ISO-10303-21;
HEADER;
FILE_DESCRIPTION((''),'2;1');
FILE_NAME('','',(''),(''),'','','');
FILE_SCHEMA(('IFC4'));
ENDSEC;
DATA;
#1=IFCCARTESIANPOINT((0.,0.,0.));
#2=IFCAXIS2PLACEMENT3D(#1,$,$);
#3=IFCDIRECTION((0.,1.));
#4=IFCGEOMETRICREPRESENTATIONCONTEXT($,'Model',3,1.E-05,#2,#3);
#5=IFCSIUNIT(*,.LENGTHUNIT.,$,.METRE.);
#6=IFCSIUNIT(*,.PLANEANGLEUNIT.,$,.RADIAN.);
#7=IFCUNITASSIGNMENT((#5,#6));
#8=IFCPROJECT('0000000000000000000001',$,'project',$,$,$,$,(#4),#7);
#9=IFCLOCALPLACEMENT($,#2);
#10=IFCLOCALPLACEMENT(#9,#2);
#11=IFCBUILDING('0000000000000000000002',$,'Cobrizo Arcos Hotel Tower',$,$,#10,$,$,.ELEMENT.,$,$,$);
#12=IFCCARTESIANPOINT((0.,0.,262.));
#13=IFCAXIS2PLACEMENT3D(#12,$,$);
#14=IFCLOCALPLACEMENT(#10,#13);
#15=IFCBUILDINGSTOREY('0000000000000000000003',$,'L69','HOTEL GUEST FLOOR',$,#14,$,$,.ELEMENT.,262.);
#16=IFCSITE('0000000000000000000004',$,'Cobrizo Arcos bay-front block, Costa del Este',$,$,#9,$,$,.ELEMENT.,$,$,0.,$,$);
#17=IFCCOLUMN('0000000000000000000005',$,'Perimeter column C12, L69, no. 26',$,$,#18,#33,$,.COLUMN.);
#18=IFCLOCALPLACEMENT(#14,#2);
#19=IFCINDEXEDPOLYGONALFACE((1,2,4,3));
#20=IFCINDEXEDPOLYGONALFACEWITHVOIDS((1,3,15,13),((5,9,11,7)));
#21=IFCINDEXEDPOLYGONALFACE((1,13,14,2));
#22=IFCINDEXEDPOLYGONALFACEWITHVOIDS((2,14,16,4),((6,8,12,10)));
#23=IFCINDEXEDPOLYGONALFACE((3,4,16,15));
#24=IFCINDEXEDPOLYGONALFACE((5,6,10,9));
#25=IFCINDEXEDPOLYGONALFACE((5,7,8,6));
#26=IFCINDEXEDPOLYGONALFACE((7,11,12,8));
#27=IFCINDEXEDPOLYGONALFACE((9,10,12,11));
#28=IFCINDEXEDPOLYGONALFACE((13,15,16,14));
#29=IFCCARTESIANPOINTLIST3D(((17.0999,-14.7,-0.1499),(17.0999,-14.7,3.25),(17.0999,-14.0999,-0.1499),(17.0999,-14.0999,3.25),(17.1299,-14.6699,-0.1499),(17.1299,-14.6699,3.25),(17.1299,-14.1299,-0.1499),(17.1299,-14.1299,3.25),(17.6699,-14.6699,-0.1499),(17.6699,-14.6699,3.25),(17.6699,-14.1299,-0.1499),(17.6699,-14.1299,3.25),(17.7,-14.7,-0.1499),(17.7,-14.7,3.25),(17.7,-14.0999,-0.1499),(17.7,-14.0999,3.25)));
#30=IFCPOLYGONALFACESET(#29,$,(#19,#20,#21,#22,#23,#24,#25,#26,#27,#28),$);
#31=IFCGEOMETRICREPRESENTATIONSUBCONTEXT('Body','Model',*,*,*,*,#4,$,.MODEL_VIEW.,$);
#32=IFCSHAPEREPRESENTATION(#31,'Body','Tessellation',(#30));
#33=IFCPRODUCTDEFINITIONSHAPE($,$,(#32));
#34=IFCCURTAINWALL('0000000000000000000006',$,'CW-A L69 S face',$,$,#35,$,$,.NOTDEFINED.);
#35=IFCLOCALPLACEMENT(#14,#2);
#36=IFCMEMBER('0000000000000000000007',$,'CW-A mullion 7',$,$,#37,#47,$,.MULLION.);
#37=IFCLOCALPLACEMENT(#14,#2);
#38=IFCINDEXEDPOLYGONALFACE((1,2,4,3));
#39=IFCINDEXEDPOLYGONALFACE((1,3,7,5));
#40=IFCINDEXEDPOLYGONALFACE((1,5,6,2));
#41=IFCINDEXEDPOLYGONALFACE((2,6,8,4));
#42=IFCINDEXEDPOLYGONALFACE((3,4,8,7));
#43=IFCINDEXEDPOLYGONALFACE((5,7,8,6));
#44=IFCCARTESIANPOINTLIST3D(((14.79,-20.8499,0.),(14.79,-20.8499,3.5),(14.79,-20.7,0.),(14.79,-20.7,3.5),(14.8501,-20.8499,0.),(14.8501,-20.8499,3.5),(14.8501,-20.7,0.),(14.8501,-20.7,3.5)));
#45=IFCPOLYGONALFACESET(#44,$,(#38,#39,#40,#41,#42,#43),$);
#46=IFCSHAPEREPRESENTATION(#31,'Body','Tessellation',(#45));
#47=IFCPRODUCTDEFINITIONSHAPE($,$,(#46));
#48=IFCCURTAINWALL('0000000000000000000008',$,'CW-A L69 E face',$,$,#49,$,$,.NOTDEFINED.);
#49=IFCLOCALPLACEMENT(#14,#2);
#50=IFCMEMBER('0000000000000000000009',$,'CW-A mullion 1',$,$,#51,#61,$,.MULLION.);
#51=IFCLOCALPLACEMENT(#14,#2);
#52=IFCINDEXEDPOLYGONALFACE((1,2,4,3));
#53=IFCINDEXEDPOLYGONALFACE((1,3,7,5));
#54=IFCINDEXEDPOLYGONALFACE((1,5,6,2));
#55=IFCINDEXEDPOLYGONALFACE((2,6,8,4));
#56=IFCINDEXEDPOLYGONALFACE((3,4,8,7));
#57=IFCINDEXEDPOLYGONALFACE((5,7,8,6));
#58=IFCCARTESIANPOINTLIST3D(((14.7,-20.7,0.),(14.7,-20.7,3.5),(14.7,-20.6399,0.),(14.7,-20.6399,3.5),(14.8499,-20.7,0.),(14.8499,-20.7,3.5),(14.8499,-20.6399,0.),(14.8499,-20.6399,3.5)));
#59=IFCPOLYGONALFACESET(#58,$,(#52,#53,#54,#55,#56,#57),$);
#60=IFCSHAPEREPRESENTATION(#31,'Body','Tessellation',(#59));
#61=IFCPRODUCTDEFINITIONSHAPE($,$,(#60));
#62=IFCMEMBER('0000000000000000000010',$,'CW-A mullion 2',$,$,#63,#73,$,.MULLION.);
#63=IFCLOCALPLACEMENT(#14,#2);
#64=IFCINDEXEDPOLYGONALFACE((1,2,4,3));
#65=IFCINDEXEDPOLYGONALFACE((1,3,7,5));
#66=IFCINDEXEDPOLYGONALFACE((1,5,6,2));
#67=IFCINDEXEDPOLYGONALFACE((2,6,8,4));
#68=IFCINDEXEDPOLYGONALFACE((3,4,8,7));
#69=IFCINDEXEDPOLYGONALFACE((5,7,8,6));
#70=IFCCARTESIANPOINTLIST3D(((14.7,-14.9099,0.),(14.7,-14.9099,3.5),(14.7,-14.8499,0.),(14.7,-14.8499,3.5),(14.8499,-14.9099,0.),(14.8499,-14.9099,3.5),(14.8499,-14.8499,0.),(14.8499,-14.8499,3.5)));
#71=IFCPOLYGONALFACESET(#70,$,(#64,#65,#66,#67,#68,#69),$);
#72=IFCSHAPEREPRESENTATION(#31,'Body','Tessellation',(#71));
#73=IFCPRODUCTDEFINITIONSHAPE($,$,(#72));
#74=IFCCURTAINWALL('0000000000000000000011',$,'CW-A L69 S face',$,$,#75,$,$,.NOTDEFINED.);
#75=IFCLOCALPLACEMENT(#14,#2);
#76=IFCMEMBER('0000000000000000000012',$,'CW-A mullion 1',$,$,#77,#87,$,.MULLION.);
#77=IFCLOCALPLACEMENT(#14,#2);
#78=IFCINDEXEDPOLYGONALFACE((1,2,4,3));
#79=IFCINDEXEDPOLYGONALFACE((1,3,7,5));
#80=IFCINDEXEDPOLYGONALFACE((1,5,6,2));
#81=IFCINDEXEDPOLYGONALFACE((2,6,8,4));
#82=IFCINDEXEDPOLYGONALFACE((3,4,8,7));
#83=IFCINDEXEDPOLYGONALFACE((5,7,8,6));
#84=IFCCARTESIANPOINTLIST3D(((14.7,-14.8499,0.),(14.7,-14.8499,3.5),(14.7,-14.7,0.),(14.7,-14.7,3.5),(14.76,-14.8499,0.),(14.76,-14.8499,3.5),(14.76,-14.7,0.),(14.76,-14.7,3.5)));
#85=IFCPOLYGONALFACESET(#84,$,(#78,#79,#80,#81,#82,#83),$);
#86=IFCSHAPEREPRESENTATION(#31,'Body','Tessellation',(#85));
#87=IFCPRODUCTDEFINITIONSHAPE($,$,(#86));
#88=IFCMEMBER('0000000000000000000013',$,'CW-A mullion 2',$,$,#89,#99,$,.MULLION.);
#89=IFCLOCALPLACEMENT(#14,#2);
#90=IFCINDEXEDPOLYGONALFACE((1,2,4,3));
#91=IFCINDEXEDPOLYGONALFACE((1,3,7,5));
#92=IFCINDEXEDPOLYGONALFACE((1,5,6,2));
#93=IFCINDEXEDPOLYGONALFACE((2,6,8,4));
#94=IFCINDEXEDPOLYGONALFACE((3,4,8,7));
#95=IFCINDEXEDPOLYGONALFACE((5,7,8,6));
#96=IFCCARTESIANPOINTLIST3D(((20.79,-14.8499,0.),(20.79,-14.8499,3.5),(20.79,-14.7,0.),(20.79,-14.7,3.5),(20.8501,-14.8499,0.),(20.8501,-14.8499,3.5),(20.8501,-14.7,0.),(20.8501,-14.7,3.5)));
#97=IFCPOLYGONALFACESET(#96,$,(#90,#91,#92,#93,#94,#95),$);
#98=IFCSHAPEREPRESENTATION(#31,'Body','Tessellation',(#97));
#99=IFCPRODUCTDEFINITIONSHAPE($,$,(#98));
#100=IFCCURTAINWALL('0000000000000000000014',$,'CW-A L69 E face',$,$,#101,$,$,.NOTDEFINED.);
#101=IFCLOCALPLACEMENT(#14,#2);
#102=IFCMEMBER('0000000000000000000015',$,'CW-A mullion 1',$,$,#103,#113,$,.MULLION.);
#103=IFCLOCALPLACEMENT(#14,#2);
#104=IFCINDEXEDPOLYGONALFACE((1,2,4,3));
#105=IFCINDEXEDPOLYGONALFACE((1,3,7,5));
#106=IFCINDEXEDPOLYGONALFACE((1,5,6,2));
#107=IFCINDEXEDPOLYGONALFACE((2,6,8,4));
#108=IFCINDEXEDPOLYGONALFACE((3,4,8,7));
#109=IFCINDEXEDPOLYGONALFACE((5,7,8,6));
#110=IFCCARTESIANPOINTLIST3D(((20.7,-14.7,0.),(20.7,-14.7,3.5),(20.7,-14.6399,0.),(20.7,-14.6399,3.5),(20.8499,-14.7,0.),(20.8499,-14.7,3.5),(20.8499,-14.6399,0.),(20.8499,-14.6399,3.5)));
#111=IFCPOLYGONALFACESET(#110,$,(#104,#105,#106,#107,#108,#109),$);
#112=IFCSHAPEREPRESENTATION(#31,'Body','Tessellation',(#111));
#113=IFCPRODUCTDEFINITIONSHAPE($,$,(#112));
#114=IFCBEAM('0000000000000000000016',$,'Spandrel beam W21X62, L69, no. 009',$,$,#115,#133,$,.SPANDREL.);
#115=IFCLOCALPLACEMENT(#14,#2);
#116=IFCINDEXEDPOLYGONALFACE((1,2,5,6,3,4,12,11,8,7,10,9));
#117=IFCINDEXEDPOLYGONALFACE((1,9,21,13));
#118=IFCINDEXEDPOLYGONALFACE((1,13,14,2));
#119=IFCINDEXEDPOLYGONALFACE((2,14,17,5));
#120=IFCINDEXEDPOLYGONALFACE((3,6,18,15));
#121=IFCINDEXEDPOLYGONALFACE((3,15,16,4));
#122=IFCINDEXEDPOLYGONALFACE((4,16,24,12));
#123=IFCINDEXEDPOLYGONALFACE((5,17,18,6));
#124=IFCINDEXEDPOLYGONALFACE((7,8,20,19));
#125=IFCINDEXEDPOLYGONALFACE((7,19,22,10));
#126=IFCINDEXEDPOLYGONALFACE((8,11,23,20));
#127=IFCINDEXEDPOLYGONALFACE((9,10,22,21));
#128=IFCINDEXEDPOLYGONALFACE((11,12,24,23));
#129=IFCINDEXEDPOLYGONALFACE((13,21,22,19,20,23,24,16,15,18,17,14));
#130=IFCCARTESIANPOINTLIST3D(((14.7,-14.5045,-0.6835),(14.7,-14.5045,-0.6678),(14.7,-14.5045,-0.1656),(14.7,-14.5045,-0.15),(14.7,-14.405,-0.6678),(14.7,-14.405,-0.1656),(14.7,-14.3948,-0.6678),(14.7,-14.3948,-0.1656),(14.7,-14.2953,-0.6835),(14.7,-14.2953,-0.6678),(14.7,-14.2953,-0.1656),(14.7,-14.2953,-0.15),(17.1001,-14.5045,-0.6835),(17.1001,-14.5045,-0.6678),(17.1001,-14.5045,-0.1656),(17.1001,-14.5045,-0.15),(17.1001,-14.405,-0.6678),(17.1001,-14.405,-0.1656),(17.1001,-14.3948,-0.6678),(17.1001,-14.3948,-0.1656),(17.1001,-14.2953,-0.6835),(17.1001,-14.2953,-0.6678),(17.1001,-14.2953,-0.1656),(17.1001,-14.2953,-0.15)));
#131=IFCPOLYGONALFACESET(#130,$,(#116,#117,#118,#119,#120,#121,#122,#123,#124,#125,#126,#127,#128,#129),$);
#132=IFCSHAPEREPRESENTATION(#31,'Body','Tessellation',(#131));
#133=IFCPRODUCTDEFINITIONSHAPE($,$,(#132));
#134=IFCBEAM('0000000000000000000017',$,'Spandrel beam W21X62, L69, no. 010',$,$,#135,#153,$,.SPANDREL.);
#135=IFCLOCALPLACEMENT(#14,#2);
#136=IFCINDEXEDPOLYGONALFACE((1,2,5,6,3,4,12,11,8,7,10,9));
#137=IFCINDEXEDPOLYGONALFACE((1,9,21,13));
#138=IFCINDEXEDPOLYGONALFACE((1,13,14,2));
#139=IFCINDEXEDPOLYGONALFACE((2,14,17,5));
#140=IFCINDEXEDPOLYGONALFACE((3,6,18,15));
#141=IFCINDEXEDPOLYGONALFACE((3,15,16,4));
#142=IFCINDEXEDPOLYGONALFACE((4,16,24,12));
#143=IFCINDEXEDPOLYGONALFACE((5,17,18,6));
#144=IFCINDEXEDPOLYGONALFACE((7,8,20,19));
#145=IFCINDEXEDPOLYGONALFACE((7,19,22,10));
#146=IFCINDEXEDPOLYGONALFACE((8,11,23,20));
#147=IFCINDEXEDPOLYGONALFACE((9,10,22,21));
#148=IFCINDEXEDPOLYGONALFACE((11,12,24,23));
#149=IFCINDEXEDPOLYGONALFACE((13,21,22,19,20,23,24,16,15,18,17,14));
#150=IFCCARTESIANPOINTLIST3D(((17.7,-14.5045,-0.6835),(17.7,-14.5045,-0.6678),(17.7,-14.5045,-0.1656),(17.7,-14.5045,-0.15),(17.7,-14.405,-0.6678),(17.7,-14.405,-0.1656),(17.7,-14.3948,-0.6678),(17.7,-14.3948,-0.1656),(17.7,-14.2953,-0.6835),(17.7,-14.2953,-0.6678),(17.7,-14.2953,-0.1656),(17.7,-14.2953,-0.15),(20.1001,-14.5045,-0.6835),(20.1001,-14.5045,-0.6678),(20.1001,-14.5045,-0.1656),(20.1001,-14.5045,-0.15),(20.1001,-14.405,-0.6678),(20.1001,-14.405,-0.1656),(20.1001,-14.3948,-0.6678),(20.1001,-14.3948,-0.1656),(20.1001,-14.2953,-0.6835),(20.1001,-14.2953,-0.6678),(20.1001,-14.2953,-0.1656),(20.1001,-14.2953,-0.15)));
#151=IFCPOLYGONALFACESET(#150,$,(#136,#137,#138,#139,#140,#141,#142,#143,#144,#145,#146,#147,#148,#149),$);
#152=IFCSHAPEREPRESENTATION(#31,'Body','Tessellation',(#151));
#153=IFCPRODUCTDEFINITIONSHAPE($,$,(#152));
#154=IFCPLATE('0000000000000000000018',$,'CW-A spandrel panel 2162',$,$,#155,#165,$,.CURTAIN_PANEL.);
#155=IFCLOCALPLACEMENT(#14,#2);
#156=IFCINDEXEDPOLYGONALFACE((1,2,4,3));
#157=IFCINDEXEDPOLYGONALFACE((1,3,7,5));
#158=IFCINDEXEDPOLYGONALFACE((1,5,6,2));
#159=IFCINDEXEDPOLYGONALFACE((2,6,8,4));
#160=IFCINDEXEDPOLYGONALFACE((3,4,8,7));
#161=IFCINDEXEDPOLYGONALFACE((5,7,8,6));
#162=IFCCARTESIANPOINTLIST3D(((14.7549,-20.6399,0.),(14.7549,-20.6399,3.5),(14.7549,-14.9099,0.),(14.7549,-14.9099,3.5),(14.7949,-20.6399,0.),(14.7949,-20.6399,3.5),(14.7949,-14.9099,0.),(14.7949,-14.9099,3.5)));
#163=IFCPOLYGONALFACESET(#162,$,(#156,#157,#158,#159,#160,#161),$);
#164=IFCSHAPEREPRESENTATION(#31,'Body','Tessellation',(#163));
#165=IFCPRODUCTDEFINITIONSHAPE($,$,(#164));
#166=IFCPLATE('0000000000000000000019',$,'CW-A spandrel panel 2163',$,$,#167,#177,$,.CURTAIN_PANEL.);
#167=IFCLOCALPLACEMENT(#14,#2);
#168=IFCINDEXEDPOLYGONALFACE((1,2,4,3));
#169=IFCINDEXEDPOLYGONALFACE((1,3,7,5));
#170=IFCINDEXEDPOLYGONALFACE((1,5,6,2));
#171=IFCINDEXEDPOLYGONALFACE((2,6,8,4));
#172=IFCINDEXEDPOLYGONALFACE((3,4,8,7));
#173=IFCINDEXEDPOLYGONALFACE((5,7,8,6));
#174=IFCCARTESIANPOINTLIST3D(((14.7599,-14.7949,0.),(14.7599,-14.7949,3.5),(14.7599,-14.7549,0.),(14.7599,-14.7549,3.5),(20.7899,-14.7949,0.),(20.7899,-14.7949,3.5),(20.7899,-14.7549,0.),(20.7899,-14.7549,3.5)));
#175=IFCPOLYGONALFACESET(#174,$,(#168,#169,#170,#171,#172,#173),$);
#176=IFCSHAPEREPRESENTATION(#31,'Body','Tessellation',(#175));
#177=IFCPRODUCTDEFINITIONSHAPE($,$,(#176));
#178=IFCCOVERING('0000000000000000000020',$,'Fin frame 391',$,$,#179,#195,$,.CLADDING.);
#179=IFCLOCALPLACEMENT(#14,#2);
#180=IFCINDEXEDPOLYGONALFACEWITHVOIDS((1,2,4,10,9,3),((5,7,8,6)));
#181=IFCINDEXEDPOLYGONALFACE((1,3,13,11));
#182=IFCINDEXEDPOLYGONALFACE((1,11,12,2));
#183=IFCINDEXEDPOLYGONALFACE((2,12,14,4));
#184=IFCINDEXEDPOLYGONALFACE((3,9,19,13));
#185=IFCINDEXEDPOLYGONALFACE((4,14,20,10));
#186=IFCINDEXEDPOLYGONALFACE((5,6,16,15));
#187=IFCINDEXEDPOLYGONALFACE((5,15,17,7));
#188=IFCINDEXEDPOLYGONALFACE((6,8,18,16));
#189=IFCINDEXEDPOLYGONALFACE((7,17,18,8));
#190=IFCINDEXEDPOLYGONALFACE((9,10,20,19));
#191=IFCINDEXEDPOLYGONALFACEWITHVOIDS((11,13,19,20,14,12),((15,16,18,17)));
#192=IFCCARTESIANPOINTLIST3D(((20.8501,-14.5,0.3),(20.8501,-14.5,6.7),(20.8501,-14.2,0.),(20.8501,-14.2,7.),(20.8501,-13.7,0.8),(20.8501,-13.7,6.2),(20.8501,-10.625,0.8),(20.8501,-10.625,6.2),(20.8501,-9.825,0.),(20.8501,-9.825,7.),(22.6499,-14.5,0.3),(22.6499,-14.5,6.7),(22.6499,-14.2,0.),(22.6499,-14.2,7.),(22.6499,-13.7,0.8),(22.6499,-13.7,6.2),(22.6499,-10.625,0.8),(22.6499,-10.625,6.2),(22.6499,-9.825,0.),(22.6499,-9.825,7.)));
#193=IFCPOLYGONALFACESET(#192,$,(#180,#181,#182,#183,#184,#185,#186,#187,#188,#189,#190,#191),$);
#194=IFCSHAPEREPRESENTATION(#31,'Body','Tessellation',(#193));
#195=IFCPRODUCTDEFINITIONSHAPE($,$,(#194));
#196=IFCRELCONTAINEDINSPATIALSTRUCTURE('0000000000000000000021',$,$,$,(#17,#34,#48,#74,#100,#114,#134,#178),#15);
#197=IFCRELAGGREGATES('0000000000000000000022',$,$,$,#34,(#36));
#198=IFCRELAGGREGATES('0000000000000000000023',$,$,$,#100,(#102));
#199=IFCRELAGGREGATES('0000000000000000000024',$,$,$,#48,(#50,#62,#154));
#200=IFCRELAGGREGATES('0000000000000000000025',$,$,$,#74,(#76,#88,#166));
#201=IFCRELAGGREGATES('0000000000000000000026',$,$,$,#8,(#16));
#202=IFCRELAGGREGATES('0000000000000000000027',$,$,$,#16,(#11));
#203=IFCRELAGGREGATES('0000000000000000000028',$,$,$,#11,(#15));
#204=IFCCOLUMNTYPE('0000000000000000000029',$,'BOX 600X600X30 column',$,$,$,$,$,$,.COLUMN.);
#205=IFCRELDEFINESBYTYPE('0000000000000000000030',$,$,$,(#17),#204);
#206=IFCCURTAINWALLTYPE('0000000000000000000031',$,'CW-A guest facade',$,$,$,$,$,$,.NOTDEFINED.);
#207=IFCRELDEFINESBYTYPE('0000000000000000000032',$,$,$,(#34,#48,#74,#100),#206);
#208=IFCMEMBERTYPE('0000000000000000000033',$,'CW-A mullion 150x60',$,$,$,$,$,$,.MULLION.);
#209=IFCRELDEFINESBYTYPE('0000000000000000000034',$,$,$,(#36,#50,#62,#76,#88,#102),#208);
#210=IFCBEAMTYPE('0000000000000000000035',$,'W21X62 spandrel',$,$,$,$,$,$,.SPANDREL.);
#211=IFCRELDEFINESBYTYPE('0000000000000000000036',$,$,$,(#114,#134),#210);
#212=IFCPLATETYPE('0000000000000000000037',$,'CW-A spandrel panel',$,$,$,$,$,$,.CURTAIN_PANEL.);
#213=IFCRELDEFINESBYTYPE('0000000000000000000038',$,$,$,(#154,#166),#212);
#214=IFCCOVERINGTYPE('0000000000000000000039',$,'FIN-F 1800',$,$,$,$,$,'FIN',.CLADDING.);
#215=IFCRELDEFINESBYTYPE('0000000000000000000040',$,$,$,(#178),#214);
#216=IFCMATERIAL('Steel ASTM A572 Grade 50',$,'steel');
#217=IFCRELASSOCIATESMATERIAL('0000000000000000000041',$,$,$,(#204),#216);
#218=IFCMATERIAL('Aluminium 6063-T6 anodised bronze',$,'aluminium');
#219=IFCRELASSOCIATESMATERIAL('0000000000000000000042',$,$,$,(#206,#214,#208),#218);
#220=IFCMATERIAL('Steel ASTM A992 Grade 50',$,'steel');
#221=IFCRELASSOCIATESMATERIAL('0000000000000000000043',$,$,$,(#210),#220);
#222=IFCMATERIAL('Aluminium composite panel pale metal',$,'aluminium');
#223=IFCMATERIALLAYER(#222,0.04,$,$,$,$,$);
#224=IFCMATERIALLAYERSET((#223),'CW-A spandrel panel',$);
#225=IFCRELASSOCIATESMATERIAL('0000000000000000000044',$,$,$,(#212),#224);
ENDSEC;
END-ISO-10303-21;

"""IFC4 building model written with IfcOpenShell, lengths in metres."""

from ifc_helpers import new_model, si_unit, direction, frame, origin, origin_2d, place, context, subcontext, project, spatial, polyline, rectangle, hollow_rectangle, i_section, outline, extrude, material, layer, layer_set, material_profile, profile_set, type_object, element, aggregate, save


model = new_model("IFC4")

# Units and contexts
model_context = context("Model", 3, precision=1e-05, world=origin(), true_north=direction((0.0, 1.0)))
body_context = subcontext(model_context, "Body", "Model", "MODEL_VIEW")
ifc_project = project(units=[si_unit("LENGTHUNIT", "METRE"), si_unit("PLANEANGLEUNIT", "RADIAN")], contexts=[model_context])

# Site, building, storey
site_placement = place(None, origin())
site = spatial("IfcSite", under=ifc_project, at=site_placement, Name="Cobrizo Arcos bay-front block, Costa del Este", CompositionType="ELEMENT", RefElevation=0.0)
building_placement = place(site_placement, origin())
building = spatial("IfcBuilding", under=site, at=building_placement, Name="Cobrizo Arcos Hotel Tower", CompositionType="ELEMENT")
storey_placement = place(building_placement, frame((0.0, 0.0, 262.0)))
storey = spatial("IfcBuildingStorey", under=building, at=storey_placement, Name="L69", Description="HOTEL GUEST FLOOR", CompositionType="ELEMENT", Elevation=262.0)

# Column
ifc_material_1 = material(Name="Steel ASTM A572 Grade 50", Category="steel")
ifc_material_profile_1 = material_profile(ifc_material_1, hollow_rectangle(XDim=0.6001, YDim=0.6001, WallThickness=0.03, at=origin_2d()), Name="BOX 600X600X30")
ifc_profile_set_1 = profile_set([ifc_material_profile_1], Name="Steel ASTM A572 Grade 50")
column_type = type_object("IfcColumnType", Name="BOX 600X600X30 column", PredefinedType="COLUMN", material=ifc_profile_set_1)
column_placement = place(storey_placement, frame((17.3999, -14.3999, -0.1499), z_axis=(0.0, 0.0, 1.0), x_axis=(1.0, 0.0, 0.0)))
element("IfcColumn", 1, at=column_placement, inside=storey, type_object=column_type, Name="Perimeter column C12, L69, no. 26", PredefinedType="COLUMN", context=body_context, shape_type="SweptSolid", body=[
    extrude(hollow_rectangle(XDim=0.6001, YDim=0.6001, WallThickness=0.03, at=origin_2d()), origin(), (0.0, 0.0, 1.0), 3.3999),
])

# Curtain wall, member
ifc_material_2 = material(Name="Aluminium 6063-T6 anodised bronze", Category="aluminium")
curtain_wall_type = type_object("IfcCurtainWallType", Name="CW-A guest facade", PredefinedType="NOTDEFINED", material=ifc_material_2)
curtain_wall_1_placement = place(storey_placement, origin())
curtain_wall_1 = element("IfcCurtainWall", 2, at=curtain_wall_1_placement, inside=storey, type_object=curtain_wall_type, Name="CW-A L69 S face", PredefinedType="NOTDEFINED")
ifc_material_profile_2 = material_profile(ifc_material_2, rectangle(XDim=0.1499, YDim=0.0601, at=origin_2d()), Name="CW-A mullion 150x60")
ifc_profile_set_2 = profile_set([ifc_material_profile_2], Name="Aluminium 6063-T6 anodised bronze")
member_type = type_object("IfcMemberType", Name="CW-A mullion 150x60", PredefinedType="MULLION", material=ifc_profile_set_2)
member_1_placement = place(storey_placement, frame((14.8201, -20.7749, 0.0), z_axis=(0.0, 0.0, 1.0), x_axis=(0.0, -1.0, 0.0)))
member_1 = element("IfcMember", 3, at=member_1_placement, type_object=member_type, Name="CW-A mullion 7", PredefinedType="MULLION", context=body_context, shape_type="SweptSolid", body=[
    extrude(rectangle(XDim=0.1499, YDim=0.0601, at=origin_2d()), origin(), (0.0, 0.0, 1.0), 3.5),
])
aggregate(curtain_wall_1, [member_1])

# Curtain walls, members
curtain_wall_2_placement = place(storey_placement, origin())
curtain_wall_2 = element("IfcCurtainWall", 4, at=curtain_wall_2_placement, inside=storey, type_object=curtain_wall_type, Name="CW-A L69 E face", PredefinedType="NOTDEFINED")
member_2_placement = place(storey_placement, frame((14.7749, -20.6699, 0.0), z_axis=(0.0, 0.0, 1.0), x_axis=(1.0, 0.0, 0.0)))
member_2 = element("IfcMember", 5, at=member_2_placement, type_object=member_type, Name="CW-A mullion 1", PredefinedType="MULLION", context=body_context, shape_type="SweptSolid", body=[
    extrude(rectangle(XDim=0.1499, YDim=0.0601, at=origin_2d()), origin(), (0.0, 0.0, 1.0), 3.5),
])
member_3_placement = place(storey_placement, frame((14.7749, -14.8799, 0.0), z_axis=(0.0, 0.0, 1.0), x_axis=(1.0, 0.0, 0.0)))
member_3 = element("IfcMember", 6, at=member_3_placement, type_object=member_type, Name="CW-A mullion 2", PredefinedType="MULLION", context=body_context, shape_type="SweptSolid", body=[
    extrude(rectangle(XDim=0.1499, YDim=0.0601, at=origin_2d()), origin(), (0.0, 0.0, 1.0), 3.5),
])
curtain_wall_3_placement = place(storey_placement, origin())
curtain_wall_3 = element("IfcCurtainWall", 7, at=curtain_wall_3_placement, inside=storey, type_object=curtain_wall_type, Name="CW-A L69 S face", PredefinedType="NOTDEFINED")
member_4_placement = place(storey_placement, frame((14.73, -14.7749, 0.0), z_axis=(0.0, 0.0, 1.0), x_axis=(0.0, -1.0, 0.0)))
member_4 = element("IfcMember", 8, at=member_4_placement, type_object=member_type, Name="CW-A mullion 1", PredefinedType="MULLION", context=body_context, shape_type="SweptSolid", body=[
    extrude(rectangle(XDim=0.1499, YDim=0.0601, at=origin_2d()), origin(), (0.0, 0.0, 1.0), 3.5),
])
member_5_placement = place(storey_placement, frame((20.8201, -14.7749, 0.0), z_axis=(0.0, 0.0, 1.0), x_axis=(0.0, -1.0, 0.0)))
member_5 = element("IfcMember", 9, at=member_5_placement, type_object=member_type, Name="CW-A mullion 2", PredefinedType="MULLION", context=body_context, shape_type="SweptSolid", body=[
    extrude(rectangle(XDim=0.1499, YDim=0.0601, at=origin_2d()), origin(), (0.0, 0.0, 1.0), 3.5),
])

# Curtain wall, member
curtain_wall_4_placement = place(storey_placement, origin())
curtain_wall_4 = element("IfcCurtainWall", 10, at=curtain_wall_4_placement, inside=storey, type_object=curtain_wall_type, Name="CW-A L69 E face", PredefinedType="NOTDEFINED")
member_6_placement = place(storey_placement, frame((20.7749, -14.6699, 0.0), z_axis=(0.0, 0.0, 1.0), x_axis=(1.0, 0.0, 0.0)))
member_6 = element("IfcMember", 11, at=member_6_placement, type_object=member_type, Name="CW-A mullion 1", PredefinedType="MULLION", context=body_context, shape_type="SweptSolid", body=[
    extrude(rectangle(XDim=0.1499, YDim=0.0601, at=origin_2d()), origin(), (0.0, 0.0, 1.0), 3.5),
])
aggregate(curtain_wall_4, [member_6])

# Beams
ifc_material_3 = material(Name="Steel ASTM A992 Grade 50", Category="steel")
ifc_material_profile_3 = material_profile(ifc_material_3, i_section(OverallWidth=0.2092, OverallDepth=0.5334, WebThickness=0.0103, FlangeThickness=0.0156, at=origin_2d()), Name="W21X62")
ifc_profile_set_3 = profile_set([ifc_material_profile_3], Name="Steel ASTM A992 Grade 50")
beam_type = type_object("IfcBeamType", Name="W21X62 spandrel", PredefinedType="SPANDREL", material=ifc_profile_set_3)
for number, where, z_axis, x_axis, name in (
    (12, (14.7, -14.3999, -0.4167), (1.0, 0.0, 0.0), (0.0, 1.0, 0.0), "Spandrel beam W21X62, L69, no. 009"),
    (13, (17.7, -14.3999, -0.4167), (1.0, 0.0, 0.0), (0.0, 1.0, 0.0), "Spandrel beam W21X62, L69, no. 010"),
):
    element("IfcBeam", number, at=place(storey_placement, frame(where, z_axis=z_axis, x_axis=x_axis)), inside=storey, type_object=beam_type, Name=name, PredefinedType="SPANDREL", context=body_context, shape_type="SweptSolid", body=[
        extrude(i_section(OverallWidth=0.2092, OverallDepth=0.5334, WebThickness=0.0103, FlangeThickness=0.0156, at=origin_2d()), origin(), (0.0, 0.0, 1.0), 2.4001),
    ])

# Plates
ifc_material_4 = material(Name="Aluminium composite panel pale metal", Category="aluminium")
ifc_layer = layer(ifc_material_4, 0.04)
ifc_layer_set = layer_set([ifc_layer], Name="CW-A spandrel panel")
plate_type = type_object("IfcPlateType", Name="CW-A spandrel panel", PredefinedType="CURTAIN_PANEL", material=ifc_layer_set)
plate_1_placement = place(storey_placement, frame((14.7749, -17.7749, 0.0), z_axis=(0.0, 0.0, 1.0), x_axis=(0.0, 1.0, 0.0)))
plate_1 = element("IfcPlate", 14, at=plate_1_placement, type_object=plate_type, Name="CW-A spandrel panel 2162", PredefinedType="CURTAIN_PANEL", context=body_context, shape_type="SweptSolid", body=[
    extrude(rectangle(XDim=5.73, YDim=0.04, at=origin_2d()), origin(), (0.0, 0.0, 1.0), 3.5),
])
aggregate(curtain_wall_2, [member_2, member_3, plate_1])
plate_2_placement = place(storey_placement, frame((17.7749, -14.7749, 0.0), z_axis=(0.0, 0.0, 1.0), x_axis=(1.0, 0.0, 0.0)))
plate_2 = element("IfcPlate", 15, at=plate_2_placement, type_object=plate_type, Name="CW-A spandrel panel 2163", PredefinedType="CURTAIN_PANEL", context=body_context, shape_type="SweptSolid", body=[
    extrude(rectangle(XDim=6.03, YDim=0.04, at=origin_2d()), origin(), (0.0, 0.0, 1.0), 3.5),
])
aggregate(curtain_wall_3, [member_4, member_5, plate_2])

# Covering
covering_type = type_object("IfcCoveringType", Name="FIN-F 1800", ElementType="FIN", PredefinedType="CLADDING", material=ifc_material_2)
covering_placement = place(storey_placement, frame((20.8501, -14.5, 0.0), z_axis=(1.0, 0.0, 0.0), x_axis=(0.0, 1.0, 0.0)))
element("IfcCovering", 16, at=covering_placement, inside=storey, type_object=covering_type, Name="Fin frame 391", PredefinedType="CLADDING", context=body_context, shape_type="SweptSolid", body=[
    extrude(outline(polyline([(0.0, 0.3), (0.3, 0.0), (4.675, 0.0), (4.675, 7.0), (0.3, 7.0), (0.0, 6.7), (0.0, 0.3)]), holes=[polyline([(3.875, 0.8), (0.8, 0.8), (0.8, 6.2), (3.875, 6.2), (3.875, 0.8)])]), origin(), (0.0, 0.0, 1.0), 1.7998),
])

save(model, "model.ifc")
